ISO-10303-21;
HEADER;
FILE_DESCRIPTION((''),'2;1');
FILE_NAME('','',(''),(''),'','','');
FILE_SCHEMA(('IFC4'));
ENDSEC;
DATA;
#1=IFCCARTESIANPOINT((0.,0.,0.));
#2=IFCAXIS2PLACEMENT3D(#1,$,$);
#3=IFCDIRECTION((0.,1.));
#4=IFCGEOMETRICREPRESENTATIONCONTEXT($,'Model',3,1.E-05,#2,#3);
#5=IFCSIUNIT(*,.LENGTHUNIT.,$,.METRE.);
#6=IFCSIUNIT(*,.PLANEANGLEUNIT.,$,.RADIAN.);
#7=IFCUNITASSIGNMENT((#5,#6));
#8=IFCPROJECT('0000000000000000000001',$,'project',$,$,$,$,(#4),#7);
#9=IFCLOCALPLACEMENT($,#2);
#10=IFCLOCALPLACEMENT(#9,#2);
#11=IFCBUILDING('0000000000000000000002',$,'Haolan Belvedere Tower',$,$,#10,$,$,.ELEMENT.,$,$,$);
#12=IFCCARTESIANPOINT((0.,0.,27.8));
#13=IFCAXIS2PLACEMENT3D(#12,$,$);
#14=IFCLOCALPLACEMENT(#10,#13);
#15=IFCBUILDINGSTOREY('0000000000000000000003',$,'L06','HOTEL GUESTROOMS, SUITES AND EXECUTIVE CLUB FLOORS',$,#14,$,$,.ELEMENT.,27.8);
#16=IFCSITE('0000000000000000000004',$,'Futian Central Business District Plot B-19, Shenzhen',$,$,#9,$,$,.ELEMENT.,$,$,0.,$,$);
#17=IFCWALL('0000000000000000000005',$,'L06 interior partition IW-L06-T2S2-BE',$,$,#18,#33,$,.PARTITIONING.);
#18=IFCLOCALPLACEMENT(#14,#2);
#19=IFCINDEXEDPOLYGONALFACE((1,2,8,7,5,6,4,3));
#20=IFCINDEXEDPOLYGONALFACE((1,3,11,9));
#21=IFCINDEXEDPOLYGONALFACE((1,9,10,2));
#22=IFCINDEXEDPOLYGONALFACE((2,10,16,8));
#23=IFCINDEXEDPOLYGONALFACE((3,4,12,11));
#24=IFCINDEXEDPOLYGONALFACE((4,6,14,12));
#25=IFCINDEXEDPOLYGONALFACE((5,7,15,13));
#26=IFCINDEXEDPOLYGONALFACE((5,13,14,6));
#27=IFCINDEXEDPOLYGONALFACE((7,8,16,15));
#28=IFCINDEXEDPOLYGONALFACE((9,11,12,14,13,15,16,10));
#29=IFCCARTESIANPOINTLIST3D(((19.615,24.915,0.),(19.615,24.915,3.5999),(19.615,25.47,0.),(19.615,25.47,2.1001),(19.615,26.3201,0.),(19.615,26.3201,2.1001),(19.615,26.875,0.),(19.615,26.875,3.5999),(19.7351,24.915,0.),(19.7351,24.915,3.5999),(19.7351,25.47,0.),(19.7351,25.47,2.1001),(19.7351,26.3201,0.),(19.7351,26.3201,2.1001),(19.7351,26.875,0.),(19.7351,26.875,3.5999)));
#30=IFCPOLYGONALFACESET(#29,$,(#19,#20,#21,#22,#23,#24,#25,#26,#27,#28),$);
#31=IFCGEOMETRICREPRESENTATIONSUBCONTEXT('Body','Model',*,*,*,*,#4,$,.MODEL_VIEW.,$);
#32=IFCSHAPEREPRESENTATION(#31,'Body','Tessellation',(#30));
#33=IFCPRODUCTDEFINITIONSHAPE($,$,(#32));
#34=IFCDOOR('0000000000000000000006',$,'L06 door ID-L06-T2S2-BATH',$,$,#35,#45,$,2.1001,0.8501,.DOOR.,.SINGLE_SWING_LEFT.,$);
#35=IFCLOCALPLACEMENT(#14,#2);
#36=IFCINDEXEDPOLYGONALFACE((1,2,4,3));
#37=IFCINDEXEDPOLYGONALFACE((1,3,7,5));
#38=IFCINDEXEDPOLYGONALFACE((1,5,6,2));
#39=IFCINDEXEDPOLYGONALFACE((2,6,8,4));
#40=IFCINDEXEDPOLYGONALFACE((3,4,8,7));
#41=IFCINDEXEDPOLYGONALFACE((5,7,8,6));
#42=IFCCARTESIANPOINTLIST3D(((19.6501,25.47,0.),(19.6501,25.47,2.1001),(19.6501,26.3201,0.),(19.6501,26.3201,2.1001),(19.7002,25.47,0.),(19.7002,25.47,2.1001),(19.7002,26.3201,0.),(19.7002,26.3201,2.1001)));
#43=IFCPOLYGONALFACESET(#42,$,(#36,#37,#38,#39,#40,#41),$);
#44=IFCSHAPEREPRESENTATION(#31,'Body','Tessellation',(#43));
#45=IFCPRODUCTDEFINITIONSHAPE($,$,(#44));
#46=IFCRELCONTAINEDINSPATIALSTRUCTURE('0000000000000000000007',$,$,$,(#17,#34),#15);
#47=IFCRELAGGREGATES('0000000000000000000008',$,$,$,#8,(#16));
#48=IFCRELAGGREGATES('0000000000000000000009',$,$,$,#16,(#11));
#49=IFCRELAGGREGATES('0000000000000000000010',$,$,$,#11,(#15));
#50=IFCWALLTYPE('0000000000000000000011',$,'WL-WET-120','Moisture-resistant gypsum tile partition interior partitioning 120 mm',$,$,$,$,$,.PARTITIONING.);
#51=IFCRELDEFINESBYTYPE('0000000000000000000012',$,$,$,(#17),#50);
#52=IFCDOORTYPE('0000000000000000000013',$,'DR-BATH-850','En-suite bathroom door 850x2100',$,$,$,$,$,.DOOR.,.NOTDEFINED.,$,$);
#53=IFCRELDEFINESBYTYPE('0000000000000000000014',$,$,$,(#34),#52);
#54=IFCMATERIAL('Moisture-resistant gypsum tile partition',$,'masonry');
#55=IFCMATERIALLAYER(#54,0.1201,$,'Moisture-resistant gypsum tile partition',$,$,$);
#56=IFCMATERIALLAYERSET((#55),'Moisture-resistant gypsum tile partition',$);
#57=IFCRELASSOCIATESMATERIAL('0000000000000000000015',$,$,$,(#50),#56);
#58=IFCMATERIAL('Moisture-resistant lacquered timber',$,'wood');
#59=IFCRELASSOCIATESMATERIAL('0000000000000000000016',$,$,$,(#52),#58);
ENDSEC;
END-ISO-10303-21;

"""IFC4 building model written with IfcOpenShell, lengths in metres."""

from ifc_helpers import new_model, si_unit, direction, frame, frame_2d, origin, place, context, subcontext, project, spatial, rectangle, extrude, material, layer, layer_set, type_object, element, fill, save


model = new_model("IFC4")

# Units and contexts
model_context = context("Model", 3, precision=1e-05, world=origin(), true_north=direction((0.0, 1.0)))
body_context = subcontext(model_context, "Body", "Model", "MODEL_VIEW")
ifc_project = project(units=[si_unit("LENGTHUNIT", "METRE"), si_unit("PLANEANGLEUNIT", "RADIAN")], contexts=[model_context])

# Site, building, storey
site_placement = place(None, origin())
site = spatial("IfcSite", under=ifc_project, at=site_placement, Name="Futian Central Business District Plot B-19, Shenzhen", CompositionType="ELEMENT", RefElevation=0.0)
building_placement = place(site_placement, origin())
building = spatial("IfcBuilding", under=site, at=building_placement, Name="Haolan Belvedere Tower", CompositionType="ELEMENT")
storey_placement = place(building_placement, frame((0.0, 0.0, 27.8)))
storey = spatial("IfcBuildingStorey", under=building, at=storey_placement, Name="L06", Description="HOTEL GUESTROOMS, SUITES AND EXECUTIVE CLUB FLOORS", CompositionType="ELEMENT", Elevation=27.8)

# Shared definitions
ifc_material_1 = material(Name="Moisture-resistant gypsum tile partition", Category="masonry")
ifc_layer_1 = layer(ifc_material_1, 0.1201, Name="Moisture-resistant gypsum tile partition")
ifc_layer_set_1 = layer_set([ifc_layer_1], Name="Moisture-resistant gypsum tile partition")
wall_type_1 = type_object("IfcWallType", Name="WL-WET-120", Description="Moisture-resistant gypsum tile partition interior partitioning 120 mm", PredefinedType="PARTITIONING", material=ifc_layer_set_1)
ifc_material_2 = material(Name="Moisture-resistant lacquered timber", Category="wood")
door_type_1 = type_object("IfcDoorType", Name="DR-BATH-850", Description="En-suite bathroom door 850x2100", OperationType="NOTDEFINED", PredefinedType="DOOR", material=ifc_material_2)

# Wall, opening, door
wall_1_placement = place(storey_placement, frame((19.675, 24.915, 0.0), z_axis=(0.0, 0.0, 1.0), x_axis=(0.0, 1.0, 0.0)))
wall_1 = element("IfcWall", 1, at=wall_1_placement, inside=storey, type_object=wall_type_1, Name="L06 interior partition IW-L06-T2S2-BE", PredefinedType="PARTITIONING", context=body_context, shape_type="SweptSolid", body=[
    extrude(rectangle(XDim=1.96, YDim=0.1201, at=frame_2d((0.98, 0.0))), origin(), (0.0, 0.0, 1.0), 3.5999),
])
opening_1_placement = place(wall_1_placement, frame((0.5549, 0.0, 0.0)))
opening_1 = element("IfcOpeningElement", 2, at=opening_1_placement, cuts=wall_1, PredefinedType="OPENING", context=body_context, shape_type="SweptSolid", body=[
    extrude(rectangle(XDim=0.8501, YDim=2.1001, at=frame_2d((0.425, 1.05))), frame((0.0, 0.0701, 0.0), z_axis=(0.0, -1.0, 0.0), x_axis=(1.0, 0.0, 0.0)), (0.0, 0.0, 1.0), 0.1401),
])
door_1_placement = place(opening_1_placement, origin())
door_1 = element("IfcDoor", 3, at=door_1_placement, inside=storey, type_object=door_type_1, Name="L06 door ID-L06-T2S2-BATH", OperationType="SINGLE_SWING_LEFT", OverallHeight=2.1001, OverallWidth=0.8501, PredefinedType="DOOR", context=body_context, shape_type="SweptSolid", body=[
    extrude(rectangle(XDim=0.8501, YDim=2.1001, at=frame_2d((0.425, 1.05))), frame((0.0, 0.0249, 0.0), z_axis=(0.0, -1.0, 0.0), x_axis=(1.0, 0.0, 0.0)), (0.0, 0.0, 1.0), 0.05),
])
fill(opening_1, door_1)

save(model, "model.ifc")
